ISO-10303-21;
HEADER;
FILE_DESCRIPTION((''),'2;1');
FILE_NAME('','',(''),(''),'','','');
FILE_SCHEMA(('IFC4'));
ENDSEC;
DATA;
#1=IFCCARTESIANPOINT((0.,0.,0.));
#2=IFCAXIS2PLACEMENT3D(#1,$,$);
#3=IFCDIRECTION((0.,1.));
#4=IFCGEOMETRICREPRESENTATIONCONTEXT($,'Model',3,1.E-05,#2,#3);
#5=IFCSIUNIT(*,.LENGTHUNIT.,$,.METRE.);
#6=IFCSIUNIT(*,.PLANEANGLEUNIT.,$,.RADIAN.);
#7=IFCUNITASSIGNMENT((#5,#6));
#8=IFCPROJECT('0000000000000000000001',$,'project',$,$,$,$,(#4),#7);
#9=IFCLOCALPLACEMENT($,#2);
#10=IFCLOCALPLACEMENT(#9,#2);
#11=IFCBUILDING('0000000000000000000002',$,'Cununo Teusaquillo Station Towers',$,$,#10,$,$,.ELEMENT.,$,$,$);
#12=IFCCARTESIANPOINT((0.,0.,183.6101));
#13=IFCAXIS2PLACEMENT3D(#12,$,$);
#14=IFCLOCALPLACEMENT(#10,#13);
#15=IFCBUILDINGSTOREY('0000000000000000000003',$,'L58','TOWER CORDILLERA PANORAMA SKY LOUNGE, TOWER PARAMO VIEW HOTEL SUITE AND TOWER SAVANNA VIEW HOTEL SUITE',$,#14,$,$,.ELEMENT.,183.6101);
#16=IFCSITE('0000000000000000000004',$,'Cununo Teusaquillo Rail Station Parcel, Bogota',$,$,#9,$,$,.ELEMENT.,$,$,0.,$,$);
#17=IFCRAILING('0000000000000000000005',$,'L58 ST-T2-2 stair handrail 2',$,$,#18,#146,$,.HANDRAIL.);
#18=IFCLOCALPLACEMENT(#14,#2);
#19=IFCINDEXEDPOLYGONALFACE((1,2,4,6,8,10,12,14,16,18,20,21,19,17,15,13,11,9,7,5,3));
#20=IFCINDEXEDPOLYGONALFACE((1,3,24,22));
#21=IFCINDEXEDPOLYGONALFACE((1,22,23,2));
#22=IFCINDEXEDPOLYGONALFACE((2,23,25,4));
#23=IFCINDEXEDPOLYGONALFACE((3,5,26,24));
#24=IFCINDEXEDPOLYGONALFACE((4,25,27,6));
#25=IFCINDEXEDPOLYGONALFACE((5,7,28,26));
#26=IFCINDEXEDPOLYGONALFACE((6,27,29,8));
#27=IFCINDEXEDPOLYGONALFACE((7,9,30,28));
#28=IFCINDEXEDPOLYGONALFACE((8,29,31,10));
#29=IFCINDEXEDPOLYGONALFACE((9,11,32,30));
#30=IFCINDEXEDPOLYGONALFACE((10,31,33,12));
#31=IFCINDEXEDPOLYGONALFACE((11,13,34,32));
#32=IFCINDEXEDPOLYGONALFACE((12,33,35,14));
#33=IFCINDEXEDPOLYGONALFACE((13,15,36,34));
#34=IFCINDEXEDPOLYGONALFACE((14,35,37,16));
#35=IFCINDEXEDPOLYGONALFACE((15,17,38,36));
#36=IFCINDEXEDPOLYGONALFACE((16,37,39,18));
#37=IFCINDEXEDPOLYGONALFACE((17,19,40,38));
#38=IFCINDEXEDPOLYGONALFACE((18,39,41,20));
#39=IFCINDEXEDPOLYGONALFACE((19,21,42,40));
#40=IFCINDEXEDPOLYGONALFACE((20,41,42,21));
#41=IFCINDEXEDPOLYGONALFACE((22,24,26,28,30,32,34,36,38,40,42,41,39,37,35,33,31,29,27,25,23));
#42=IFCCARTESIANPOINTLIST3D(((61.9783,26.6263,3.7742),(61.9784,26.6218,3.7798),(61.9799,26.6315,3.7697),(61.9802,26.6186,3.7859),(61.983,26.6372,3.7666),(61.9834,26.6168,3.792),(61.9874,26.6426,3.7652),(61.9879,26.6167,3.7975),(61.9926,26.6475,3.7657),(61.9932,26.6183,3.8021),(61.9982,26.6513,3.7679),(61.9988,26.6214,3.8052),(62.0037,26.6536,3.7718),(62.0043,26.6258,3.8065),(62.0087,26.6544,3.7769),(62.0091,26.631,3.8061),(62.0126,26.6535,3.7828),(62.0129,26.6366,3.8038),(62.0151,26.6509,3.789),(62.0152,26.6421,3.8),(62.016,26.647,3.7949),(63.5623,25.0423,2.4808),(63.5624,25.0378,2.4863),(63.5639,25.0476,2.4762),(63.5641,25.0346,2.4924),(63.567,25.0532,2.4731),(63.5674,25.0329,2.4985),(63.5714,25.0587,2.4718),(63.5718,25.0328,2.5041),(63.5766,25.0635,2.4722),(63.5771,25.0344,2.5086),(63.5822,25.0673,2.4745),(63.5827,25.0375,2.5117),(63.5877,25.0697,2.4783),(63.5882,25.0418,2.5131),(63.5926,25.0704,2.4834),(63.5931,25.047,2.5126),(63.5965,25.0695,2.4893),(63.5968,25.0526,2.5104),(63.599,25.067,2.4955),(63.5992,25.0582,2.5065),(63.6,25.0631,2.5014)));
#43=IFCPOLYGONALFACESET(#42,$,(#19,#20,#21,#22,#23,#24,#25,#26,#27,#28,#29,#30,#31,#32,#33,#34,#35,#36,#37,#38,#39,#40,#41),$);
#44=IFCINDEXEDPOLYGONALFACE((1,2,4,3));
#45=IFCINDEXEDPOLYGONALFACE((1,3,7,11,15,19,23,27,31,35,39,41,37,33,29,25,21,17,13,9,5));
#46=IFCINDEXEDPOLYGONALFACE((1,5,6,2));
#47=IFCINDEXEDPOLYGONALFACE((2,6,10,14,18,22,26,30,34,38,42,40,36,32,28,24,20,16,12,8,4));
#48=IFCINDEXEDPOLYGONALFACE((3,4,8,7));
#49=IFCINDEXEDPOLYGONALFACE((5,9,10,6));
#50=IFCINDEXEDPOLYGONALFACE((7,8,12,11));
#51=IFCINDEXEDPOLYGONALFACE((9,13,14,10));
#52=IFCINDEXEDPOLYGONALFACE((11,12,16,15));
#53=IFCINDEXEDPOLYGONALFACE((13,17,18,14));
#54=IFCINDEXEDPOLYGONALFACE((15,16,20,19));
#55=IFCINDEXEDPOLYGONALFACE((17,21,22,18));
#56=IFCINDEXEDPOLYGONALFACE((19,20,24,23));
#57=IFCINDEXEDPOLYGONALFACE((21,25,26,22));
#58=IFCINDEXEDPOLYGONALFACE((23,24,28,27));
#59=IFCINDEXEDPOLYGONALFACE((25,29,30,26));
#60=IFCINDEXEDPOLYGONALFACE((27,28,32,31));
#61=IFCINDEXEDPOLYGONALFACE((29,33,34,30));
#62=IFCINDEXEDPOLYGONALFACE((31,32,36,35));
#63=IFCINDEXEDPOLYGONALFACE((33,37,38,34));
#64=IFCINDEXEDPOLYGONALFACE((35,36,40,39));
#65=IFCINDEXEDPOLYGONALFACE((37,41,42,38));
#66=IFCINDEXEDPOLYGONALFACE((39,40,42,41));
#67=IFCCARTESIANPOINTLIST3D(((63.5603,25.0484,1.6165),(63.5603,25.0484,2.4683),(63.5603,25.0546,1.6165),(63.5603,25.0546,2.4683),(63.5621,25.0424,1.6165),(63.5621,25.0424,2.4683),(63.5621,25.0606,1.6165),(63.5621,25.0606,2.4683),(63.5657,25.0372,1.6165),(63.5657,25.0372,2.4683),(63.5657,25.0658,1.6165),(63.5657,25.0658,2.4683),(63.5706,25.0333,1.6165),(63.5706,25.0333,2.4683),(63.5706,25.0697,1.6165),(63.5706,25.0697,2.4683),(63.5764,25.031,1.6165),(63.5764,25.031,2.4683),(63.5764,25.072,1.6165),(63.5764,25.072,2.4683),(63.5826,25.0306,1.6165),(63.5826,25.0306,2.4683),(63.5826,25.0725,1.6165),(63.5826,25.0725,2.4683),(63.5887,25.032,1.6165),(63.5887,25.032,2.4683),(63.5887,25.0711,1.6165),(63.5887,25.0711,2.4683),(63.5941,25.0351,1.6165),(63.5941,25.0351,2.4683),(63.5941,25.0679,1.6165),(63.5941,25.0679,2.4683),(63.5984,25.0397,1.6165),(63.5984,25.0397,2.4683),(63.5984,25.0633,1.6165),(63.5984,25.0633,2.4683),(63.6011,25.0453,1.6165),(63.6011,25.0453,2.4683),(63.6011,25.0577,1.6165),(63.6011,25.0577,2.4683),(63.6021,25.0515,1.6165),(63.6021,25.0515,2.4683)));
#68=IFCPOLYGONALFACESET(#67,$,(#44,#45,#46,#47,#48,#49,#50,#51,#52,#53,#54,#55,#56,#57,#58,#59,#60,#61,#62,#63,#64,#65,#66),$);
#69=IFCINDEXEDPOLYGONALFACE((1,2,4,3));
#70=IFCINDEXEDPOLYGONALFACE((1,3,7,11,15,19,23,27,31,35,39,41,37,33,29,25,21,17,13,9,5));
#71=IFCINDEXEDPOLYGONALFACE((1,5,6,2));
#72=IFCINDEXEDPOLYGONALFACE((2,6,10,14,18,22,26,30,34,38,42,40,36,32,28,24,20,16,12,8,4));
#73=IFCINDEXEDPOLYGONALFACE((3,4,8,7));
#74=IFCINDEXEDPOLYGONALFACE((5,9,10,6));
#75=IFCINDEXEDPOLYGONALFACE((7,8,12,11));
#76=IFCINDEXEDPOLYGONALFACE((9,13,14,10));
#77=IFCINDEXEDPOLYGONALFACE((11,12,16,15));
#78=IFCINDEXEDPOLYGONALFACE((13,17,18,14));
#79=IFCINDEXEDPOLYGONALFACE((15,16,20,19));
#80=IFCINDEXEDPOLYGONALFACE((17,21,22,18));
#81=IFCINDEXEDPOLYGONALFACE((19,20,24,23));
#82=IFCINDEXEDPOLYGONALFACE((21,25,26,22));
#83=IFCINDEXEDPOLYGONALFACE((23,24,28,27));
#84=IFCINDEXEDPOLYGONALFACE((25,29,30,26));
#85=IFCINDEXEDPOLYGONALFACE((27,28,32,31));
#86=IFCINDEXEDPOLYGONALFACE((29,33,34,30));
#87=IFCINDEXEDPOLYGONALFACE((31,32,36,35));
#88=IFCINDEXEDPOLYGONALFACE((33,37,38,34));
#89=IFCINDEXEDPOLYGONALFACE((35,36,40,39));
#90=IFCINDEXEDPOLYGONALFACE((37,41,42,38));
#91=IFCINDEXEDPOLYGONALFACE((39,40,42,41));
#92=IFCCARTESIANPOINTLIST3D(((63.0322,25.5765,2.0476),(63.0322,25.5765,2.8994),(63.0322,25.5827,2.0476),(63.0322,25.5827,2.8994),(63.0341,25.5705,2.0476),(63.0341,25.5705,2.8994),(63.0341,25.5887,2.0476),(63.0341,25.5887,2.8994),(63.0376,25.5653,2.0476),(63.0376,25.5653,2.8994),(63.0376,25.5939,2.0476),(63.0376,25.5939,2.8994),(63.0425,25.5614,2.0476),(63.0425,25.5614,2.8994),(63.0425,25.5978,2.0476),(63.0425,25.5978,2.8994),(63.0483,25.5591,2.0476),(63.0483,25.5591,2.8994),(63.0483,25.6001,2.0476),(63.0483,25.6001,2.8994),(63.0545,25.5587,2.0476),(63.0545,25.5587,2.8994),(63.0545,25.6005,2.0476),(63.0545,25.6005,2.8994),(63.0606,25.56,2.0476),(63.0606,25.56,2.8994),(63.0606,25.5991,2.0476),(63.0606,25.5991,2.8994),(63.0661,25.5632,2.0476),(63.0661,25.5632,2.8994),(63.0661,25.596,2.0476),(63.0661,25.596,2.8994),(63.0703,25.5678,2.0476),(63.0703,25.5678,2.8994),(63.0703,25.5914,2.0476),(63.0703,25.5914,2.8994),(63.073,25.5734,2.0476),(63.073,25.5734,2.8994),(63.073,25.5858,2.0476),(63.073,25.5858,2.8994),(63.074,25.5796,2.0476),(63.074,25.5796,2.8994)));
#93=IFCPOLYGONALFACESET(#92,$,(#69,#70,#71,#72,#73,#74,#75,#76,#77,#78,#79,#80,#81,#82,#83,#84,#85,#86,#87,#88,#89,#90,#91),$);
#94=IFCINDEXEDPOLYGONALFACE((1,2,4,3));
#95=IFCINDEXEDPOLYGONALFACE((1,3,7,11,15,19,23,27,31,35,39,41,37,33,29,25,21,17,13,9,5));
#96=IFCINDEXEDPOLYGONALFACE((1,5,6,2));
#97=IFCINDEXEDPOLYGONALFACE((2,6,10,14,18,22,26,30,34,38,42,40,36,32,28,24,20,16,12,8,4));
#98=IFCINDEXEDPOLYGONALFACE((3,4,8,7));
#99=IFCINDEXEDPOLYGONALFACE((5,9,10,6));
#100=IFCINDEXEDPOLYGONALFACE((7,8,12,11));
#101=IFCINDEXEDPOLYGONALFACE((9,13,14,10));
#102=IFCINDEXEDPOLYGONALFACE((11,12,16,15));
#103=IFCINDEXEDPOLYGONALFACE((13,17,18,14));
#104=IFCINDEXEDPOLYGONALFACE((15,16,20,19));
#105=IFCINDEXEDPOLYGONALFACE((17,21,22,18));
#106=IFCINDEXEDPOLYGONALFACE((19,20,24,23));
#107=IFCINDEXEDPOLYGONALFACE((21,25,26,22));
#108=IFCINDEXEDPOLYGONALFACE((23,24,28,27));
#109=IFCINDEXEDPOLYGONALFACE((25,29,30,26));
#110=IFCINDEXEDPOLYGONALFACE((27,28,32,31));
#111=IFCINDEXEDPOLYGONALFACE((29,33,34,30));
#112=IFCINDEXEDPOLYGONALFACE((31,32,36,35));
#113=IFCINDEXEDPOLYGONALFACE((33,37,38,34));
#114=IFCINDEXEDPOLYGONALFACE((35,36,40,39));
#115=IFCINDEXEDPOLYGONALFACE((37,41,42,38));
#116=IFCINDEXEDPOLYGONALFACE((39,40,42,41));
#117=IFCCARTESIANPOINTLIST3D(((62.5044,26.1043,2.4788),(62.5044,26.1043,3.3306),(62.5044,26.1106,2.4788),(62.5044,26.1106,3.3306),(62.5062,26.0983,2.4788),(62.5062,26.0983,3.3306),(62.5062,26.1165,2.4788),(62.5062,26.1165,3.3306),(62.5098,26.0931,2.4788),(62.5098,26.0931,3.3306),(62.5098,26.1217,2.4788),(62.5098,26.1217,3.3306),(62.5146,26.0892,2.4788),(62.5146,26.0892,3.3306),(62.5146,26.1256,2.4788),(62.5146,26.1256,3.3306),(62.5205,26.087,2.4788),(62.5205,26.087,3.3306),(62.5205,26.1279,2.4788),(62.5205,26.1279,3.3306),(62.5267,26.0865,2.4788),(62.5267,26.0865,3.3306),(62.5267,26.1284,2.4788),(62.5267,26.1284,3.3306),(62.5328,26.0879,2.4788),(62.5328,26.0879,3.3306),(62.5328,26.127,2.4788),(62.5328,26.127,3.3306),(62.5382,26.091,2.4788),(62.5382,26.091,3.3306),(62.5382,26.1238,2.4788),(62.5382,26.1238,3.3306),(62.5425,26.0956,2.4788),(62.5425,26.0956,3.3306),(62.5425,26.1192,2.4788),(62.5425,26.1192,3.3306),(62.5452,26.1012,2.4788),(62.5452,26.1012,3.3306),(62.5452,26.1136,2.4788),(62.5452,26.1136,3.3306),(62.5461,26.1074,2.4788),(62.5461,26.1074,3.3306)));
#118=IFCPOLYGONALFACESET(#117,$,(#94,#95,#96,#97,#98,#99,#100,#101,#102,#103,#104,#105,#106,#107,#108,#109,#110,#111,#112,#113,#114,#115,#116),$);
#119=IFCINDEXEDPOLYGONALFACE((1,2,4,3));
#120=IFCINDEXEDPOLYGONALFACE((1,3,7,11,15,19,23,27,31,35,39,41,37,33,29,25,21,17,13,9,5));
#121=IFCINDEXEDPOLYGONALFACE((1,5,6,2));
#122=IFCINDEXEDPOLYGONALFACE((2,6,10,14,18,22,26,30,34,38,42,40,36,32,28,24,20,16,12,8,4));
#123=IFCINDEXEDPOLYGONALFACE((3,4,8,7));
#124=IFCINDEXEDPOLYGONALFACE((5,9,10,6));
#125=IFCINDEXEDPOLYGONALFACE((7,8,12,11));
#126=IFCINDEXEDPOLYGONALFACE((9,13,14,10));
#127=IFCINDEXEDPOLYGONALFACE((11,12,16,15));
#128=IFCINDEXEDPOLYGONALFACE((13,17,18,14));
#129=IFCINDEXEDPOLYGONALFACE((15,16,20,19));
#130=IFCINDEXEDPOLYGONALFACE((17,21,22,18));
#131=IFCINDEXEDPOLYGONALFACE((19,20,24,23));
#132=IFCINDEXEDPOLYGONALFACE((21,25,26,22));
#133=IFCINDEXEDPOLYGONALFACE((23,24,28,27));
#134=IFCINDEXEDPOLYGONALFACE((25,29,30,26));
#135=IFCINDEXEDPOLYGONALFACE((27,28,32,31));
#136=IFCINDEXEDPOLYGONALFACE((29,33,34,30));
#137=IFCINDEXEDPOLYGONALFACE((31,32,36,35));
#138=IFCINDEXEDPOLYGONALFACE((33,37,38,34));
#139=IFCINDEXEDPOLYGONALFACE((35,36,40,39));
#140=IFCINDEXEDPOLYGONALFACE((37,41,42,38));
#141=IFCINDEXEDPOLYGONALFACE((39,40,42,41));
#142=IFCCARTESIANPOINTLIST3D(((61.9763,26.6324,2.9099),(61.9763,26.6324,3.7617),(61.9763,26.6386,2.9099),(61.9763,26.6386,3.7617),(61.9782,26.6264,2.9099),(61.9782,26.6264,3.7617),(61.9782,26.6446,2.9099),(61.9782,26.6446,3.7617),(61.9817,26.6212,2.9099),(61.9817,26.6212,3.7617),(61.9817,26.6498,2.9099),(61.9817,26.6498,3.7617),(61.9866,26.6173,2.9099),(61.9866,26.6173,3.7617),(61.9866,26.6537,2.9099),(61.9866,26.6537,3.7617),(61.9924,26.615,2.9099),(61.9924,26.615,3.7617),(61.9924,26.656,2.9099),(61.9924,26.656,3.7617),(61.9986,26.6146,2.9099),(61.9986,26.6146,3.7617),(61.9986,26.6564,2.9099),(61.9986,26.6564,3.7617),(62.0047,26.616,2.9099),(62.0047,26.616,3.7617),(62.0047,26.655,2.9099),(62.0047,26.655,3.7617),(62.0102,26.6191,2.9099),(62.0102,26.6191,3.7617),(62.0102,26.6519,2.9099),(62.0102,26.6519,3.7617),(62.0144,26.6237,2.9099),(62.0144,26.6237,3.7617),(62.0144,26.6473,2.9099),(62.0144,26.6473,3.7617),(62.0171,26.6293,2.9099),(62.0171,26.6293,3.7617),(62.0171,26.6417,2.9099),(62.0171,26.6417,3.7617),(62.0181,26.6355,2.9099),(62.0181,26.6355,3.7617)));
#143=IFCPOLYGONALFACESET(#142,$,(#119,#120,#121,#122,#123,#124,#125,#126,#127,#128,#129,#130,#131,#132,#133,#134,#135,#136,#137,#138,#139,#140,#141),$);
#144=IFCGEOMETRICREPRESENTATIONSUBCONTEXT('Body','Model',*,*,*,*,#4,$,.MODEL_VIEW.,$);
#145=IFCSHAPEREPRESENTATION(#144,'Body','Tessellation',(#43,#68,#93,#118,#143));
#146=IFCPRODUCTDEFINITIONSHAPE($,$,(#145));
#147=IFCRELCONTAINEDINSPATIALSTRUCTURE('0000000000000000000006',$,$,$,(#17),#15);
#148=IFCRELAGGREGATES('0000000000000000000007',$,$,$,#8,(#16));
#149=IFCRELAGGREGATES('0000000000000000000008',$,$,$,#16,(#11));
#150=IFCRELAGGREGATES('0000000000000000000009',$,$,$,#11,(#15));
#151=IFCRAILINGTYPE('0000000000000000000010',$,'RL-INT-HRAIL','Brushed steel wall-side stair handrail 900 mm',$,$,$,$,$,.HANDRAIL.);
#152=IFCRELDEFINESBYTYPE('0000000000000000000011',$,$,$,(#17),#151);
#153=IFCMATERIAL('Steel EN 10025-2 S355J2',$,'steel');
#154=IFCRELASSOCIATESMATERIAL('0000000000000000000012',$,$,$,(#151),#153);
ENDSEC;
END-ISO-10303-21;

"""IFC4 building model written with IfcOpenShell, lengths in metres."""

from ifc_helpers import new_model, si_unit, direction, frame, origin, origin_2d, place, context, subcontext, project, spatial, circle, extrude, material, type_object, element, save


model = new_model("IFC4")

# Units and contexts
model_context = context("Model", 3, precision=1e-05, world=origin(), true_north=direction((0.0, 1.0)))
body_context = subcontext(model_context, "Body", "Model", "MODEL_VIEW")
ifc_project = project(units=[si_unit("LENGTHUNIT", "METRE"), si_unit("PLANEANGLEUNIT", "RADIAN")], contexts=[model_context])

# Site, building, storey
site_placement = place(None, origin())
site = spatial("IfcSite", under=ifc_project, at=site_placement, Name="Cununo Teusaquillo Rail Station Parcel, Bogota", CompositionType="ELEMENT", RefElevation=0.0)
building_placement = place(site_placement, origin())
building = spatial("IfcBuilding", under=site, at=building_placement, Name="Cununo Teusaquillo Station Towers", CompositionType="ELEMENT")
storey_placement = place(building_placement, frame((0.0, 0.0, 183.6101)))
storey = spatial("IfcBuildingStorey", under=building, at=storey_placement, Name="L58", Description="TOWER CORDILLERA PANORAMA SKY LOUNGE, TOWER PARAMO VIEW HOTEL SUITE AND TOWER SAVANNA VIEW HOTEL SUITE", CompositionType="ELEMENT", Elevation=183.6101)

# Railing
ifc_material_1 = material(Name="Steel EN 10025-2 S355J2", Category="steel")
railing_type_1 = type_object("IfcRailingType", Name="RL-INT-HRAIL", Description="Brushed steel wall-side stair handrail 900 mm", PredefinedType="HANDRAIL", material=ifc_material_1)
railing_1_placement = place(storey_placement, frame((63.5811, 25.0515, 1.6165)))
element("IfcRailing", 1, at=railing_1_placement, inside=storey, type_object=railing_type_1, Name="L58 ST-T2-2 stair handrail 2", PredefinedType="HANDRAIL", context=body_context, shape_type="SweptSolid", body=[
    extrude(circle(Radius=0.0239, at=origin_2d()), frame((0.0, 0.0, 0.876), z_axis=(-0.612356, 0.612356, 0.50004), x_axis=(-0.707107, -0.707107, 0.0)), (0.0, 0.0, 1.0), 2.5867),
    extrude(circle(Radius=0.021, at=origin_2d()), origin(), (0.0, 0.0, 1.0), 0.8518),
    extrude(circle(Radius=0.021, at=origin_2d()), frame((-0.5281, 0.5281, 0.4312)), (0.0, 0.0, 1.0), 0.8518),
    extrude(circle(Radius=0.021, at=origin_2d()), frame((-1.0559, 1.0559, 0.8623)), (0.0, 0.0, 1.0), 0.8518),
    extrude(circle(Radius=0.021, at=origin_2d()), frame((-1.584, 1.584, 1.2935)), (0.0, 0.0, 1.0), 0.8518),
])

save(model, "model.ifc")
